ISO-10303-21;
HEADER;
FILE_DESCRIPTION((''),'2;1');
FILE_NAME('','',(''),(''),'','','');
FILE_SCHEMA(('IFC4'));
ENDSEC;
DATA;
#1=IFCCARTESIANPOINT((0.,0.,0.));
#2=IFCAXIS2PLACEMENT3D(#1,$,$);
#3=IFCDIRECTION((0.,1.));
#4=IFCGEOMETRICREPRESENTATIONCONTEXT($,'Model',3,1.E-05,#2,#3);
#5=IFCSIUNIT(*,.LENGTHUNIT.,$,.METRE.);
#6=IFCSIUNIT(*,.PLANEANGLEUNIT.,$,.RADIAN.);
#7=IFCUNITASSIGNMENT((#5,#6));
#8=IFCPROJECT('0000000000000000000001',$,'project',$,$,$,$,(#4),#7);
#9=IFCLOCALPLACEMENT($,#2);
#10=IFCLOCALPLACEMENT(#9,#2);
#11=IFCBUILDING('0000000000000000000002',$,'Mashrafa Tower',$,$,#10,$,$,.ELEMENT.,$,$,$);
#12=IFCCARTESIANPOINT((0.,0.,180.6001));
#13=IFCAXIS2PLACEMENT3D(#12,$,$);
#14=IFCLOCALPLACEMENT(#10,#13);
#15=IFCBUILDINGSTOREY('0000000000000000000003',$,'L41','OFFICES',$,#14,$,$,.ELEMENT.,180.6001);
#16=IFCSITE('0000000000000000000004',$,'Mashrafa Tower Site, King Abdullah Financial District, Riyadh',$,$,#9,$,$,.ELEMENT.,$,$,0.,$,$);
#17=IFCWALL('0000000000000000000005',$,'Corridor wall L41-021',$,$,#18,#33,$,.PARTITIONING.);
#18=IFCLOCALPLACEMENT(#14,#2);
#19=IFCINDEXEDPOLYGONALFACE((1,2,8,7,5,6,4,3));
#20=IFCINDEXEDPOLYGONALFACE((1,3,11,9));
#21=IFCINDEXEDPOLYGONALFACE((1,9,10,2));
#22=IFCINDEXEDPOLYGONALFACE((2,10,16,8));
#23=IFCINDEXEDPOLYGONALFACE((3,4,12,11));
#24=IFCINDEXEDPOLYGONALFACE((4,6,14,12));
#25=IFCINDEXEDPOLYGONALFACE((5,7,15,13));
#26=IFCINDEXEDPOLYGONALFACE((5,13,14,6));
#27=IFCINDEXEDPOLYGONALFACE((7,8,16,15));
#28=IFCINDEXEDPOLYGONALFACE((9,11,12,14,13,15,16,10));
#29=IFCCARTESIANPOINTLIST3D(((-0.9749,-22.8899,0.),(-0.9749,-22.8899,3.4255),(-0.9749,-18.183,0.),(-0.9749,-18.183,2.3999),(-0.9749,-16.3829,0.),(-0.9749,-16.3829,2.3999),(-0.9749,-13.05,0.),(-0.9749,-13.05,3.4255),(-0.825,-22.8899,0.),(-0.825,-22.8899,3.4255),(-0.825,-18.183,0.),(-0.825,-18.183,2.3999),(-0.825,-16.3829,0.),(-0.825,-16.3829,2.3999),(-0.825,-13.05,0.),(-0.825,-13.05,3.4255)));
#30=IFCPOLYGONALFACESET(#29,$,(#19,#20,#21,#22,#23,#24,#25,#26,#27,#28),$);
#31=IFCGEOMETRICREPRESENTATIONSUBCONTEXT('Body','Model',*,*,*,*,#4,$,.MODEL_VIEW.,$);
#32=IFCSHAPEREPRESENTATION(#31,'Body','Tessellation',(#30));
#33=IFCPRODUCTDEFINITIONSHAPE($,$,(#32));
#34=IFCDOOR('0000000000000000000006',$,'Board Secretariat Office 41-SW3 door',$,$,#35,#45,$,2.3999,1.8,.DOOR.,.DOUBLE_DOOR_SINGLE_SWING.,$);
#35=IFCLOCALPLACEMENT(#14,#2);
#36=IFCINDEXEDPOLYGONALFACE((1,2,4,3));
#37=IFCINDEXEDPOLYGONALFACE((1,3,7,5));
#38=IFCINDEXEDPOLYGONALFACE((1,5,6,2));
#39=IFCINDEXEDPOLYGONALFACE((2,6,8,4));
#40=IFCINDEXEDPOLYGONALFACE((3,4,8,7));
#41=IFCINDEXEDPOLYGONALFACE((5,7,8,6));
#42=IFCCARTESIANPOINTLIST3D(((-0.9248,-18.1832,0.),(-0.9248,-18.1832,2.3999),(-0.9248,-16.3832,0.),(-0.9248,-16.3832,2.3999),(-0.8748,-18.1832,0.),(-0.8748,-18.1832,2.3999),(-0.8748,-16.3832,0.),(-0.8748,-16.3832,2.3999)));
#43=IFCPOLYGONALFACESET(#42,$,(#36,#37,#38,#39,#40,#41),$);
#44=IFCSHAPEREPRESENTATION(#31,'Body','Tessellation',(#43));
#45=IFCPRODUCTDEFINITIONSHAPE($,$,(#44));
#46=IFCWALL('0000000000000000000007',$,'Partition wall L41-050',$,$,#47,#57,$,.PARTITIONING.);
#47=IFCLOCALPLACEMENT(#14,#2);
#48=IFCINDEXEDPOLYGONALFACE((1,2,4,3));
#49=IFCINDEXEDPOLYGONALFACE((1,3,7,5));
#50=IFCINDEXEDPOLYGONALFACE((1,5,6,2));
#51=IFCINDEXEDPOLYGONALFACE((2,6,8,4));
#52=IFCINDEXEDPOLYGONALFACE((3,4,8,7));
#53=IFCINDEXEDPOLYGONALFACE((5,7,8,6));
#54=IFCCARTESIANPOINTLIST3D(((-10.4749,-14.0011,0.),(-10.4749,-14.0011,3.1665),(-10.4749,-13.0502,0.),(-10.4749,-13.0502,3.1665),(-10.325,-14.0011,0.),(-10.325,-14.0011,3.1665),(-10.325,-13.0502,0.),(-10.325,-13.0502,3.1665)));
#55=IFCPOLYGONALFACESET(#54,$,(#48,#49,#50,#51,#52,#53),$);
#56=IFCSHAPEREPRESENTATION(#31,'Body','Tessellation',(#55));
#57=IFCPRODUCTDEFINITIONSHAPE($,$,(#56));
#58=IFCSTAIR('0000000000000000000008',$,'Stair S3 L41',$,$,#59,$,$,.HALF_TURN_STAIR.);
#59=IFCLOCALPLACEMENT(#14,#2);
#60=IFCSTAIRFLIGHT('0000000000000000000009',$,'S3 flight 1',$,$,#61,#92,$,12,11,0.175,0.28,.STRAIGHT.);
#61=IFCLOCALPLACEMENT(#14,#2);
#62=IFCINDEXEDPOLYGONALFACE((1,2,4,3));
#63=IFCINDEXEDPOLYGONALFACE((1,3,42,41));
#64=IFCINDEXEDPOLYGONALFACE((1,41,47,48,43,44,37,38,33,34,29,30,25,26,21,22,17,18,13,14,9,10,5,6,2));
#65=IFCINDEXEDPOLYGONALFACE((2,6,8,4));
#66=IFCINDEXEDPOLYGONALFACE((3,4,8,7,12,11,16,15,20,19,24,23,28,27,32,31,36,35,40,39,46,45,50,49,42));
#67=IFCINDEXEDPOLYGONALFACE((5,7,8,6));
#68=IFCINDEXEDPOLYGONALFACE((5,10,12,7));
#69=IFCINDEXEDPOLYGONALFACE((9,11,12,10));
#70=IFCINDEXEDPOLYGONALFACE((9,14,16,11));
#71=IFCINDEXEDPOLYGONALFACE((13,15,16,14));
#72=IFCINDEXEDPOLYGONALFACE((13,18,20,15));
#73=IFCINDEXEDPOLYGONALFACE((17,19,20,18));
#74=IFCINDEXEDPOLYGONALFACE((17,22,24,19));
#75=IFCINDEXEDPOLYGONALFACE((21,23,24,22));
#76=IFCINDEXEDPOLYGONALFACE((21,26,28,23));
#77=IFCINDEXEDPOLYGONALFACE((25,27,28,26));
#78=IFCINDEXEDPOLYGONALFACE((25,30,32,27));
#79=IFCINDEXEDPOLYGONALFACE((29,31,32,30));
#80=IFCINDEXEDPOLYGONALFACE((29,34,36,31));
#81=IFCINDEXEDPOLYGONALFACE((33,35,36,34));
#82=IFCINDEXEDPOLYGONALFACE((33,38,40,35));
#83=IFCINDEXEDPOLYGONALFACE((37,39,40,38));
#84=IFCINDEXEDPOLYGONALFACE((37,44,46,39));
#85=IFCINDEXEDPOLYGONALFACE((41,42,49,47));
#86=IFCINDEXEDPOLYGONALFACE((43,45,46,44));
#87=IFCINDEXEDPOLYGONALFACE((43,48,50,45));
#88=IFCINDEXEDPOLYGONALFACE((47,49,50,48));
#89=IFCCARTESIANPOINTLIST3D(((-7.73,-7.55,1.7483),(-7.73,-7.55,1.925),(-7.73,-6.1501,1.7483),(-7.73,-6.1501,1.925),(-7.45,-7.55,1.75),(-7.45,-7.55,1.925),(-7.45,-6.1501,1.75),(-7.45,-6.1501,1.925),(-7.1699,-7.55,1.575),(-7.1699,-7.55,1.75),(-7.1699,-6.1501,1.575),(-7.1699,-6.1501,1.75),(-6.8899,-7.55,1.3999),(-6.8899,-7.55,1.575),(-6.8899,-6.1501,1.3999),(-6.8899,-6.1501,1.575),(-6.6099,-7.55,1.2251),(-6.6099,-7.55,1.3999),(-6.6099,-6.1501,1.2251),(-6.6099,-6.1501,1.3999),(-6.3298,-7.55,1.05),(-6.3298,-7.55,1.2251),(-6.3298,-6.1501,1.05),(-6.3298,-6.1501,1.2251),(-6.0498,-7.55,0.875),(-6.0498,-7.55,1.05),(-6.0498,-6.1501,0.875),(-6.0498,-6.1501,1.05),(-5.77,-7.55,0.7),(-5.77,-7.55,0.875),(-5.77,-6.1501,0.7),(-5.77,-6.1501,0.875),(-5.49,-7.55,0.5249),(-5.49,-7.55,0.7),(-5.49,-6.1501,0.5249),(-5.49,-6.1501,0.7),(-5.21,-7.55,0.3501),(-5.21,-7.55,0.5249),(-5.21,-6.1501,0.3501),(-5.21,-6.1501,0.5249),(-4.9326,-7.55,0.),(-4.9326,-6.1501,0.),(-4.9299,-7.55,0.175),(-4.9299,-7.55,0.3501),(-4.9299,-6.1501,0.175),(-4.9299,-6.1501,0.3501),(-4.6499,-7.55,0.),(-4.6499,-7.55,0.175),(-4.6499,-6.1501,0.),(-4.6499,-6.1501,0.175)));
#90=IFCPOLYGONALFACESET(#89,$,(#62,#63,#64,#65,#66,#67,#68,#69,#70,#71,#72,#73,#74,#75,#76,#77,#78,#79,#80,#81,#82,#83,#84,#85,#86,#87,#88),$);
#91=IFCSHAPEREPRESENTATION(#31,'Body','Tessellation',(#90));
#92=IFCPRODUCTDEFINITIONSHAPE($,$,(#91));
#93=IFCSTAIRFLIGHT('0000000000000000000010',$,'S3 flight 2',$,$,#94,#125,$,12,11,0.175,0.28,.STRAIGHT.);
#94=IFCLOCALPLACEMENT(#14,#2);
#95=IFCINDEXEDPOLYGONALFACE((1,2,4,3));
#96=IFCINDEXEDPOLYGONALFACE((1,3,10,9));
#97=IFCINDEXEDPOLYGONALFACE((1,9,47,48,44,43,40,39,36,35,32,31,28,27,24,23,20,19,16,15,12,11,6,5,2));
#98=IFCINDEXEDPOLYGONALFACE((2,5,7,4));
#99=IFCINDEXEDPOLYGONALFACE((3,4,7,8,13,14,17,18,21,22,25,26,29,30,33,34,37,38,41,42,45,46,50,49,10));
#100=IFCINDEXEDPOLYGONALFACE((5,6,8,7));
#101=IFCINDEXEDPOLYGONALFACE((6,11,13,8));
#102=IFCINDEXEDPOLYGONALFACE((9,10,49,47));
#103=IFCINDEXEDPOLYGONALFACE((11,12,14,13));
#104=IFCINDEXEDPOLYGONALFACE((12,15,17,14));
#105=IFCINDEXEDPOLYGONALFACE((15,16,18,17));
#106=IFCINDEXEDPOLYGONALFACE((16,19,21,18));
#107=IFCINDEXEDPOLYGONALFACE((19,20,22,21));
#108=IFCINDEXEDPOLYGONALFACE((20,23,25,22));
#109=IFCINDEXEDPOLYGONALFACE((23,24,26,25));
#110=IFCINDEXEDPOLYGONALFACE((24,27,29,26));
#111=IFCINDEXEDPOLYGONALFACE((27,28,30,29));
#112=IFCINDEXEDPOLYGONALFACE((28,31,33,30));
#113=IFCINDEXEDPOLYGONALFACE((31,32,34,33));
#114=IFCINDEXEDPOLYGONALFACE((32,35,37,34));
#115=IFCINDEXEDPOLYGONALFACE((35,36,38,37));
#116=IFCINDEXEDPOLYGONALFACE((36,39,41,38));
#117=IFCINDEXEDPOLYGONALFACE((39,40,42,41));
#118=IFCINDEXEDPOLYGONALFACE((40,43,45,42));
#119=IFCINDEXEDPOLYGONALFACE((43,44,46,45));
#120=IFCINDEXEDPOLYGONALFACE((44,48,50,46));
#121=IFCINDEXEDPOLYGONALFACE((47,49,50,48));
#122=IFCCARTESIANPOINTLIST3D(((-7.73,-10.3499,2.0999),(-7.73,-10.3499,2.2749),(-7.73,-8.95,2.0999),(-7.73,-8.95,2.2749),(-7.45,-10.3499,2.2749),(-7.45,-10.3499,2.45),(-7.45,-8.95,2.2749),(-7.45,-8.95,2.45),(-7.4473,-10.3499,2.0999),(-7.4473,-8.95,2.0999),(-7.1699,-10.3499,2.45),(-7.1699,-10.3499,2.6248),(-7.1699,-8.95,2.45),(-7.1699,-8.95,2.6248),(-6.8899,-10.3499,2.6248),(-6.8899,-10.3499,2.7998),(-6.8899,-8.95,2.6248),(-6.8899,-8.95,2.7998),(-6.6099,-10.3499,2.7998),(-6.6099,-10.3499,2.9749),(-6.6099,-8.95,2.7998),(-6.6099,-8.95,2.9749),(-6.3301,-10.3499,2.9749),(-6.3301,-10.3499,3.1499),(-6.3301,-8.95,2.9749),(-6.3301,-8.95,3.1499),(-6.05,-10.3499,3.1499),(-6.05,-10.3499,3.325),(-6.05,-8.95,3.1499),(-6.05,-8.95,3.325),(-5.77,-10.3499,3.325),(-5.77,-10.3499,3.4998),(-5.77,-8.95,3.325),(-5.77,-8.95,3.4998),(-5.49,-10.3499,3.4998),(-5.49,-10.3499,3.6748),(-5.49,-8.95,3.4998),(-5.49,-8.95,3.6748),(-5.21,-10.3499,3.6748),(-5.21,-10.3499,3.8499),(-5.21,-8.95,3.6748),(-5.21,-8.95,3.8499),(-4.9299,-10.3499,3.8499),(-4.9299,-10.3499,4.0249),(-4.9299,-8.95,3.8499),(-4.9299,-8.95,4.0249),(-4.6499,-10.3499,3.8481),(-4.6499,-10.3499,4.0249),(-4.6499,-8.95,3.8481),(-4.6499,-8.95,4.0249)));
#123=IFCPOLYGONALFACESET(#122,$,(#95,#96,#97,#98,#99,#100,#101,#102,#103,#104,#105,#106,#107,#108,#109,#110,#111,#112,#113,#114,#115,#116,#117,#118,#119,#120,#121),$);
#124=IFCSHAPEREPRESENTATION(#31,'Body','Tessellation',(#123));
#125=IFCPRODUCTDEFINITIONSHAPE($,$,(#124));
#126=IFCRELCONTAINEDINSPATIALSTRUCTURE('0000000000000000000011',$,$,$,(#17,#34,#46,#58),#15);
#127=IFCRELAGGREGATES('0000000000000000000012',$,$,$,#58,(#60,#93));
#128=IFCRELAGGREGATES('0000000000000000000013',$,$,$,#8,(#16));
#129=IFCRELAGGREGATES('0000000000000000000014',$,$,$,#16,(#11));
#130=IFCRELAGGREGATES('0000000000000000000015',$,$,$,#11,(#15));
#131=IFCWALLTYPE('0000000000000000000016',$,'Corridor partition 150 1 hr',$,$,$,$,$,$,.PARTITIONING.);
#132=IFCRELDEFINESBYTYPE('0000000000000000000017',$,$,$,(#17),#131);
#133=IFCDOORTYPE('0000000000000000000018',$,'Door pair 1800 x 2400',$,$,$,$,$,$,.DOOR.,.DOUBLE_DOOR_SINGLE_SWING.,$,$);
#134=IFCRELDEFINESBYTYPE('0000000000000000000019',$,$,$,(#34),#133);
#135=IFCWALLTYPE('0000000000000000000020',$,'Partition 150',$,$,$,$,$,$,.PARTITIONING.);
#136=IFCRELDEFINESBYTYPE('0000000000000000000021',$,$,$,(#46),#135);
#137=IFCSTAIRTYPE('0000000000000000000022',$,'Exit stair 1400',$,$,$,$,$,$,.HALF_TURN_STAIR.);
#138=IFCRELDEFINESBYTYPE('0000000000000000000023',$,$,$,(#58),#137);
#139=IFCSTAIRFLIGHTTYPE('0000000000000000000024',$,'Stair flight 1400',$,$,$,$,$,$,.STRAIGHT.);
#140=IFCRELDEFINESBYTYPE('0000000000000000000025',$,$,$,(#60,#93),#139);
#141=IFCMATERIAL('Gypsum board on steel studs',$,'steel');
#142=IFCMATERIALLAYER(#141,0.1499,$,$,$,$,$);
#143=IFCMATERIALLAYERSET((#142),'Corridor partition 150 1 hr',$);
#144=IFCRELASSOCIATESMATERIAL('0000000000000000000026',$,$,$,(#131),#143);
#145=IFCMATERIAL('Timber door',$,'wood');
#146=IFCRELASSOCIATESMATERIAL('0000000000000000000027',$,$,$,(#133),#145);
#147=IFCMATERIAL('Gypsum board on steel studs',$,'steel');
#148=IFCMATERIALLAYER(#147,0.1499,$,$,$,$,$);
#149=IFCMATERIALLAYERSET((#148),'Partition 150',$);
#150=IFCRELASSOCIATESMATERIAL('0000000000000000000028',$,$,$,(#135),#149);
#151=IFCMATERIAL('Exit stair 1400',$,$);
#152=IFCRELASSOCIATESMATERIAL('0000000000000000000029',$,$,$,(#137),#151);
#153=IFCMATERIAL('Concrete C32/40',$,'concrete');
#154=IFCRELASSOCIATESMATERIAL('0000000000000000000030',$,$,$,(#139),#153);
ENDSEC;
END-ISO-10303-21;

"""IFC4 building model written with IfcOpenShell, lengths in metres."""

from ifc_helpers import new_model, si_unit, direction, frame, frame_2d, origin, place, context, subcontext, project, spatial, polyline, rectangle, outline, extrude, material, layer, layer_set, type_object, element, fill, aggregate, save


model = new_model("IFC4")

# Units and contexts
model_context = context("Model", 3, precision=1e-05, world=origin(), true_north=direction((0.0, 1.0)))
body_context = subcontext(model_context, "Body", "Model", "MODEL_VIEW")
ifc_project = project(units=[si_unit("LENGTHUNIT", "METRE"), si_unit("PLANEANGLEUNIT", "RADIAN")], contexts=[model_context])

# Site, building, storey
site_placement = place(None, origin())
site = spatial("IfcSite", under=ifc_project, at=site_placement, Name="Mashrafa Tower Site, King Abdullah Financial District, Riyadh", CompositionType="ELEMENT", RefElevation=0.0)
building_placement = place(site_placement, origin())
building = spatial("IfcBuilding", under=site, at=building_placement, Name="Mashrafa Tower", CompositionType="ELEMENT")
storey_placement = place(building_placement, frame((0.0, 0.0, 180.6001)))
storey = spatial("IfcBuildingStorey", under=building, at=storey_placement, Name="L41", Description="OFFICES", CompositionType="ELEMENT", Elevation=180.6001)

# Shared definitions
ifc_material_1 = material(Name="Gypsum board on steel studs", Category="steel")
ifc_layer_1 = layer(ifc_material_1, 0.1499)
ifc_layer_set_1 = layer_set([ifc_layer_1], Name="Corridor partition 150 1 hr")
wall_type_1 = type_object("IfcWallType", Name="Corridor partition 150 1 hr", PredefinedType="PARTITIONING", material=ifc_layer_set_1)

# Wall, opening, door
wall_1_placement = place(storey_placement, frame((-0.8999, -13.05, 0.0), z_axis=(0.0, 0.0, 1.0), x_axis=(0.0, -1.0, 0.0)))
wall_1 = element("IfcWall", 1, at=wall_1_placement, inside=storey, type_object=wall_type_1, Name="Corridor wall L41-021", PredefinedType="PARTITIONING", context=body_context, shape_type="SweptSolid", body=[
    extrude(rectangle(XDim=9.8398, YDim=0.1499, at=frame_2d((4.9199, 0.0))), origin(), (0.0, 0.0, 1.0), 3.4255),
])
opening_1_placement = place(wall_1_placement, frame((3.333, 0.0, 0.0)))
opening_1 = element("IfcOpeningElement", 2, at=opening_1_placement, cuts=wall_1, PredefinedType="OPENING", context=body_context, shape_type="SweptSolid", body=[
    extrude(rectangle(XDim=1.8, YDim=2.3999, at=frame_2d((0.8999, 1.2))), frame((0.0, 0.085, 0.0), z_axis=(0.0, -1.0, 0.0), x_axis=(1.0, 0.0, 0.0)), (0.0, 0.0, 1.0), 0.1699),
])
ifc_material_2 = material(Name="Timber door", Category="wood")
door_type_1 = type_object("IfcDoorType", Name="Door pair 1800 x 2400", OperationType="DOUBLE_DOOR_SINGLE_SWING", PredefinedType="DOOR", material=ifc_material_2)
door_1_placement = place(opening_1_placement, frame((1.8, 0.0, 0.0), z_axis=(0.0, 0.0, 1.0), x_axis=(-1.0, 0.0, 0.0)))
door_1 = element("IfcDoor", 3, at=door_1_placement, inside=storey, type_object=door_type_1, Name="Board Secretariat Office 41-SW3 door", OperationType="DOUBLE_DOOR_SINGLE_SWING", OverallHeight=2.3999, OverallWidth=1.8, PredefinedType="DOOR", context=body_context, shape_type="SweptSolid", body=[
    extrude(rectangle(XDim=1.8, YDim=2.3999, at=frame_2d((0.8999, 1.2))), frame((0.0, 0.0249, 0.0), z_axis=(0.0, -1.0, 0.0), x_axis=(1.0, 0.0, 0.0)), (0.0, 0.0, 1.0), 0.05),
])
fill(opening_1, door_1)

# Wall
ifc_material_3 = material(Name="Gypsum board on steel studs", Category="steel")
ifc_layer_2 = layer(ifc_material_3, 0.1499)
ifc_layer_set_2 = layer_set([ifc_layer_2], Name="Partition 150")
wall_type_2 = type_object("IfcWallType", Name="Partition 150", PredefinedType="PARTITIONING", material=ifc_layer_set_2)
wall_2_placement = place(storey_placement, frame((-10.3999, -13.05, 0.0), z_axis=(0.0, 0.0, 1.0), x_axis=(0.0, -1.0, 0.0)))
element("IfcWall", 4, at=wall_2_placement, inside=storey, type_object=wall_type_2, Name="Partition wall L41-050", PredefinedType="PARTITIONING", context=body_context, shape_type="SweptSolid", body=[
    extrude(rectangle(XDim=0.9509, YDim=0.1499, at=frame_2d((0.4756, 0.0))), origin(), (0.0, 0.0, 1.0), 3.1665),
])

# Stair, stair flights
ifc_material_4 = material(Name="Exit stair 1400")
stair_type = type_object("IfcStairType", Name="Exit stair 1400", PredefinedType="HALF_TURN_STAIR", material=ifc_material_4)
stair_placement = place(storey_placement, origin())
stair = element("IfcStair", 5, at=stair_placement, inside=storey, type_object=stair_type, Name="Stair S3 L41", PredefinedType="HALF_TURN_STAIR")
ifc_material_5 = material(Name="Concrete C32/40", Category="concrete")
stair_flight_type = type_object("IfcStairFlightType", Name="Stair flight 1400", PredefinedType="STRAIGHT", material=ifc_material_5)
stair_flight_1_placement = place(storey_placement, frame((-4.6499, -6.8501, 0.0), z_axis=(0.0, 0.0, 1.0), x_axis=(-1.0, 0.0, 0.0)))
stair_flight_1 = element("IfcStairFlight", 6, at=stair_flight_1_placement, type_object=stair_flight_type, Name="S3 flight 1", NumberOfRisers=12, NumberOfTreads=11, PredefinedType="STRAIGHT", RiserHeight=0.175, TreadLength=0.28, context=body_context, shape_type="SweptSolid", body=[
    extrude(outline(polyline([(0.0, 0.0), (0.0, 0.175), (0.28, 0.175), (0.28, 0.3501), (0.5601, 0.3501), (0.5601, 0.5249), (0.8401, 0.5249), (0.8401, 0.7), (1.1201, 0.7), (1.1201, 0.875), (1.3999, 0.875), (1.3999, 1.05), (1.6799, 1.05), (1.6799, 1.2251), (1.96, 1.2251), (1.96, 1.3999), (2.24, 1.3999), (2.24, 1.575), (2.52, 1.575), (2.52, 1.75), (2.8, 1.75), (2.8, 1.925), (3.0801, 1.925), (3.0801, 2.1001), (3.0801, 1.7483), (0.2827, 0.0), (0.0, 0.0)])), frame((0.0, 0.7, 0.0), z_axis=(0.0, -1.0, 0.0), x_axis=(1.0, 0.0, 0.0)), (0.0, 0.0, 1.0), 1.3999),
])
stair_flight_2_placement = place(storey_placement, frame((-7.73, -9.6499, 2.0999), z_axis=(0.0, 0.0, 1.0), x_axis=(1.0, 0.0, 0.0)))
stair_flight_2 = element("IfcStairFlight", 7, at=stair_flight_2_placement, type_object=stair_flight_type, Name="S3 flight 2", NumberOfRisers=12, NumberOfTreads=11, PredefinedType="STRAIGHT", RiserHeight=0.175, TreadLength=0.28, context=body_context, shape_type="SweptSolid", body=[
    extrude(outline(polyline([(0.0, 0.0), (0.0, 0.175), (0.28, 0.175), (0.28, 0.3501), (0.5601, 0.3501), (0.5601, 0.5249), (0.8401, 0.5249), (0.8401, 0.7), (1.1201, 0.7), (1.1201, 0.875), (1.3999, 0.875), (1.3999, 1.05), (1.6799, 1.05), (1.6799, 1.2251), (1.96, 1.2251), (1.96, 1.3999), (2.24, 1.3999), (2.24, 1.575), (2.52, 1.575), (2.52, 1.75), (2.8, 1.75), (2.8, 1.925), (3.0801, 1.925), (3.0801, 2.1001), (3.0801, 1.7483), (0.2827, 0.0), (0.0, 0.0)])), frame((0.0, 0.7, 0.0), z_axis=(0.0, -1.0, 0.0), x_axis=(1.0, 0.0, 0.0)), (0.0, 0.0, 1.0), 1.3999),
])
aggregate(stair, [stair_flight_1, stair_flight_2])

save(model, "model.ifc")
